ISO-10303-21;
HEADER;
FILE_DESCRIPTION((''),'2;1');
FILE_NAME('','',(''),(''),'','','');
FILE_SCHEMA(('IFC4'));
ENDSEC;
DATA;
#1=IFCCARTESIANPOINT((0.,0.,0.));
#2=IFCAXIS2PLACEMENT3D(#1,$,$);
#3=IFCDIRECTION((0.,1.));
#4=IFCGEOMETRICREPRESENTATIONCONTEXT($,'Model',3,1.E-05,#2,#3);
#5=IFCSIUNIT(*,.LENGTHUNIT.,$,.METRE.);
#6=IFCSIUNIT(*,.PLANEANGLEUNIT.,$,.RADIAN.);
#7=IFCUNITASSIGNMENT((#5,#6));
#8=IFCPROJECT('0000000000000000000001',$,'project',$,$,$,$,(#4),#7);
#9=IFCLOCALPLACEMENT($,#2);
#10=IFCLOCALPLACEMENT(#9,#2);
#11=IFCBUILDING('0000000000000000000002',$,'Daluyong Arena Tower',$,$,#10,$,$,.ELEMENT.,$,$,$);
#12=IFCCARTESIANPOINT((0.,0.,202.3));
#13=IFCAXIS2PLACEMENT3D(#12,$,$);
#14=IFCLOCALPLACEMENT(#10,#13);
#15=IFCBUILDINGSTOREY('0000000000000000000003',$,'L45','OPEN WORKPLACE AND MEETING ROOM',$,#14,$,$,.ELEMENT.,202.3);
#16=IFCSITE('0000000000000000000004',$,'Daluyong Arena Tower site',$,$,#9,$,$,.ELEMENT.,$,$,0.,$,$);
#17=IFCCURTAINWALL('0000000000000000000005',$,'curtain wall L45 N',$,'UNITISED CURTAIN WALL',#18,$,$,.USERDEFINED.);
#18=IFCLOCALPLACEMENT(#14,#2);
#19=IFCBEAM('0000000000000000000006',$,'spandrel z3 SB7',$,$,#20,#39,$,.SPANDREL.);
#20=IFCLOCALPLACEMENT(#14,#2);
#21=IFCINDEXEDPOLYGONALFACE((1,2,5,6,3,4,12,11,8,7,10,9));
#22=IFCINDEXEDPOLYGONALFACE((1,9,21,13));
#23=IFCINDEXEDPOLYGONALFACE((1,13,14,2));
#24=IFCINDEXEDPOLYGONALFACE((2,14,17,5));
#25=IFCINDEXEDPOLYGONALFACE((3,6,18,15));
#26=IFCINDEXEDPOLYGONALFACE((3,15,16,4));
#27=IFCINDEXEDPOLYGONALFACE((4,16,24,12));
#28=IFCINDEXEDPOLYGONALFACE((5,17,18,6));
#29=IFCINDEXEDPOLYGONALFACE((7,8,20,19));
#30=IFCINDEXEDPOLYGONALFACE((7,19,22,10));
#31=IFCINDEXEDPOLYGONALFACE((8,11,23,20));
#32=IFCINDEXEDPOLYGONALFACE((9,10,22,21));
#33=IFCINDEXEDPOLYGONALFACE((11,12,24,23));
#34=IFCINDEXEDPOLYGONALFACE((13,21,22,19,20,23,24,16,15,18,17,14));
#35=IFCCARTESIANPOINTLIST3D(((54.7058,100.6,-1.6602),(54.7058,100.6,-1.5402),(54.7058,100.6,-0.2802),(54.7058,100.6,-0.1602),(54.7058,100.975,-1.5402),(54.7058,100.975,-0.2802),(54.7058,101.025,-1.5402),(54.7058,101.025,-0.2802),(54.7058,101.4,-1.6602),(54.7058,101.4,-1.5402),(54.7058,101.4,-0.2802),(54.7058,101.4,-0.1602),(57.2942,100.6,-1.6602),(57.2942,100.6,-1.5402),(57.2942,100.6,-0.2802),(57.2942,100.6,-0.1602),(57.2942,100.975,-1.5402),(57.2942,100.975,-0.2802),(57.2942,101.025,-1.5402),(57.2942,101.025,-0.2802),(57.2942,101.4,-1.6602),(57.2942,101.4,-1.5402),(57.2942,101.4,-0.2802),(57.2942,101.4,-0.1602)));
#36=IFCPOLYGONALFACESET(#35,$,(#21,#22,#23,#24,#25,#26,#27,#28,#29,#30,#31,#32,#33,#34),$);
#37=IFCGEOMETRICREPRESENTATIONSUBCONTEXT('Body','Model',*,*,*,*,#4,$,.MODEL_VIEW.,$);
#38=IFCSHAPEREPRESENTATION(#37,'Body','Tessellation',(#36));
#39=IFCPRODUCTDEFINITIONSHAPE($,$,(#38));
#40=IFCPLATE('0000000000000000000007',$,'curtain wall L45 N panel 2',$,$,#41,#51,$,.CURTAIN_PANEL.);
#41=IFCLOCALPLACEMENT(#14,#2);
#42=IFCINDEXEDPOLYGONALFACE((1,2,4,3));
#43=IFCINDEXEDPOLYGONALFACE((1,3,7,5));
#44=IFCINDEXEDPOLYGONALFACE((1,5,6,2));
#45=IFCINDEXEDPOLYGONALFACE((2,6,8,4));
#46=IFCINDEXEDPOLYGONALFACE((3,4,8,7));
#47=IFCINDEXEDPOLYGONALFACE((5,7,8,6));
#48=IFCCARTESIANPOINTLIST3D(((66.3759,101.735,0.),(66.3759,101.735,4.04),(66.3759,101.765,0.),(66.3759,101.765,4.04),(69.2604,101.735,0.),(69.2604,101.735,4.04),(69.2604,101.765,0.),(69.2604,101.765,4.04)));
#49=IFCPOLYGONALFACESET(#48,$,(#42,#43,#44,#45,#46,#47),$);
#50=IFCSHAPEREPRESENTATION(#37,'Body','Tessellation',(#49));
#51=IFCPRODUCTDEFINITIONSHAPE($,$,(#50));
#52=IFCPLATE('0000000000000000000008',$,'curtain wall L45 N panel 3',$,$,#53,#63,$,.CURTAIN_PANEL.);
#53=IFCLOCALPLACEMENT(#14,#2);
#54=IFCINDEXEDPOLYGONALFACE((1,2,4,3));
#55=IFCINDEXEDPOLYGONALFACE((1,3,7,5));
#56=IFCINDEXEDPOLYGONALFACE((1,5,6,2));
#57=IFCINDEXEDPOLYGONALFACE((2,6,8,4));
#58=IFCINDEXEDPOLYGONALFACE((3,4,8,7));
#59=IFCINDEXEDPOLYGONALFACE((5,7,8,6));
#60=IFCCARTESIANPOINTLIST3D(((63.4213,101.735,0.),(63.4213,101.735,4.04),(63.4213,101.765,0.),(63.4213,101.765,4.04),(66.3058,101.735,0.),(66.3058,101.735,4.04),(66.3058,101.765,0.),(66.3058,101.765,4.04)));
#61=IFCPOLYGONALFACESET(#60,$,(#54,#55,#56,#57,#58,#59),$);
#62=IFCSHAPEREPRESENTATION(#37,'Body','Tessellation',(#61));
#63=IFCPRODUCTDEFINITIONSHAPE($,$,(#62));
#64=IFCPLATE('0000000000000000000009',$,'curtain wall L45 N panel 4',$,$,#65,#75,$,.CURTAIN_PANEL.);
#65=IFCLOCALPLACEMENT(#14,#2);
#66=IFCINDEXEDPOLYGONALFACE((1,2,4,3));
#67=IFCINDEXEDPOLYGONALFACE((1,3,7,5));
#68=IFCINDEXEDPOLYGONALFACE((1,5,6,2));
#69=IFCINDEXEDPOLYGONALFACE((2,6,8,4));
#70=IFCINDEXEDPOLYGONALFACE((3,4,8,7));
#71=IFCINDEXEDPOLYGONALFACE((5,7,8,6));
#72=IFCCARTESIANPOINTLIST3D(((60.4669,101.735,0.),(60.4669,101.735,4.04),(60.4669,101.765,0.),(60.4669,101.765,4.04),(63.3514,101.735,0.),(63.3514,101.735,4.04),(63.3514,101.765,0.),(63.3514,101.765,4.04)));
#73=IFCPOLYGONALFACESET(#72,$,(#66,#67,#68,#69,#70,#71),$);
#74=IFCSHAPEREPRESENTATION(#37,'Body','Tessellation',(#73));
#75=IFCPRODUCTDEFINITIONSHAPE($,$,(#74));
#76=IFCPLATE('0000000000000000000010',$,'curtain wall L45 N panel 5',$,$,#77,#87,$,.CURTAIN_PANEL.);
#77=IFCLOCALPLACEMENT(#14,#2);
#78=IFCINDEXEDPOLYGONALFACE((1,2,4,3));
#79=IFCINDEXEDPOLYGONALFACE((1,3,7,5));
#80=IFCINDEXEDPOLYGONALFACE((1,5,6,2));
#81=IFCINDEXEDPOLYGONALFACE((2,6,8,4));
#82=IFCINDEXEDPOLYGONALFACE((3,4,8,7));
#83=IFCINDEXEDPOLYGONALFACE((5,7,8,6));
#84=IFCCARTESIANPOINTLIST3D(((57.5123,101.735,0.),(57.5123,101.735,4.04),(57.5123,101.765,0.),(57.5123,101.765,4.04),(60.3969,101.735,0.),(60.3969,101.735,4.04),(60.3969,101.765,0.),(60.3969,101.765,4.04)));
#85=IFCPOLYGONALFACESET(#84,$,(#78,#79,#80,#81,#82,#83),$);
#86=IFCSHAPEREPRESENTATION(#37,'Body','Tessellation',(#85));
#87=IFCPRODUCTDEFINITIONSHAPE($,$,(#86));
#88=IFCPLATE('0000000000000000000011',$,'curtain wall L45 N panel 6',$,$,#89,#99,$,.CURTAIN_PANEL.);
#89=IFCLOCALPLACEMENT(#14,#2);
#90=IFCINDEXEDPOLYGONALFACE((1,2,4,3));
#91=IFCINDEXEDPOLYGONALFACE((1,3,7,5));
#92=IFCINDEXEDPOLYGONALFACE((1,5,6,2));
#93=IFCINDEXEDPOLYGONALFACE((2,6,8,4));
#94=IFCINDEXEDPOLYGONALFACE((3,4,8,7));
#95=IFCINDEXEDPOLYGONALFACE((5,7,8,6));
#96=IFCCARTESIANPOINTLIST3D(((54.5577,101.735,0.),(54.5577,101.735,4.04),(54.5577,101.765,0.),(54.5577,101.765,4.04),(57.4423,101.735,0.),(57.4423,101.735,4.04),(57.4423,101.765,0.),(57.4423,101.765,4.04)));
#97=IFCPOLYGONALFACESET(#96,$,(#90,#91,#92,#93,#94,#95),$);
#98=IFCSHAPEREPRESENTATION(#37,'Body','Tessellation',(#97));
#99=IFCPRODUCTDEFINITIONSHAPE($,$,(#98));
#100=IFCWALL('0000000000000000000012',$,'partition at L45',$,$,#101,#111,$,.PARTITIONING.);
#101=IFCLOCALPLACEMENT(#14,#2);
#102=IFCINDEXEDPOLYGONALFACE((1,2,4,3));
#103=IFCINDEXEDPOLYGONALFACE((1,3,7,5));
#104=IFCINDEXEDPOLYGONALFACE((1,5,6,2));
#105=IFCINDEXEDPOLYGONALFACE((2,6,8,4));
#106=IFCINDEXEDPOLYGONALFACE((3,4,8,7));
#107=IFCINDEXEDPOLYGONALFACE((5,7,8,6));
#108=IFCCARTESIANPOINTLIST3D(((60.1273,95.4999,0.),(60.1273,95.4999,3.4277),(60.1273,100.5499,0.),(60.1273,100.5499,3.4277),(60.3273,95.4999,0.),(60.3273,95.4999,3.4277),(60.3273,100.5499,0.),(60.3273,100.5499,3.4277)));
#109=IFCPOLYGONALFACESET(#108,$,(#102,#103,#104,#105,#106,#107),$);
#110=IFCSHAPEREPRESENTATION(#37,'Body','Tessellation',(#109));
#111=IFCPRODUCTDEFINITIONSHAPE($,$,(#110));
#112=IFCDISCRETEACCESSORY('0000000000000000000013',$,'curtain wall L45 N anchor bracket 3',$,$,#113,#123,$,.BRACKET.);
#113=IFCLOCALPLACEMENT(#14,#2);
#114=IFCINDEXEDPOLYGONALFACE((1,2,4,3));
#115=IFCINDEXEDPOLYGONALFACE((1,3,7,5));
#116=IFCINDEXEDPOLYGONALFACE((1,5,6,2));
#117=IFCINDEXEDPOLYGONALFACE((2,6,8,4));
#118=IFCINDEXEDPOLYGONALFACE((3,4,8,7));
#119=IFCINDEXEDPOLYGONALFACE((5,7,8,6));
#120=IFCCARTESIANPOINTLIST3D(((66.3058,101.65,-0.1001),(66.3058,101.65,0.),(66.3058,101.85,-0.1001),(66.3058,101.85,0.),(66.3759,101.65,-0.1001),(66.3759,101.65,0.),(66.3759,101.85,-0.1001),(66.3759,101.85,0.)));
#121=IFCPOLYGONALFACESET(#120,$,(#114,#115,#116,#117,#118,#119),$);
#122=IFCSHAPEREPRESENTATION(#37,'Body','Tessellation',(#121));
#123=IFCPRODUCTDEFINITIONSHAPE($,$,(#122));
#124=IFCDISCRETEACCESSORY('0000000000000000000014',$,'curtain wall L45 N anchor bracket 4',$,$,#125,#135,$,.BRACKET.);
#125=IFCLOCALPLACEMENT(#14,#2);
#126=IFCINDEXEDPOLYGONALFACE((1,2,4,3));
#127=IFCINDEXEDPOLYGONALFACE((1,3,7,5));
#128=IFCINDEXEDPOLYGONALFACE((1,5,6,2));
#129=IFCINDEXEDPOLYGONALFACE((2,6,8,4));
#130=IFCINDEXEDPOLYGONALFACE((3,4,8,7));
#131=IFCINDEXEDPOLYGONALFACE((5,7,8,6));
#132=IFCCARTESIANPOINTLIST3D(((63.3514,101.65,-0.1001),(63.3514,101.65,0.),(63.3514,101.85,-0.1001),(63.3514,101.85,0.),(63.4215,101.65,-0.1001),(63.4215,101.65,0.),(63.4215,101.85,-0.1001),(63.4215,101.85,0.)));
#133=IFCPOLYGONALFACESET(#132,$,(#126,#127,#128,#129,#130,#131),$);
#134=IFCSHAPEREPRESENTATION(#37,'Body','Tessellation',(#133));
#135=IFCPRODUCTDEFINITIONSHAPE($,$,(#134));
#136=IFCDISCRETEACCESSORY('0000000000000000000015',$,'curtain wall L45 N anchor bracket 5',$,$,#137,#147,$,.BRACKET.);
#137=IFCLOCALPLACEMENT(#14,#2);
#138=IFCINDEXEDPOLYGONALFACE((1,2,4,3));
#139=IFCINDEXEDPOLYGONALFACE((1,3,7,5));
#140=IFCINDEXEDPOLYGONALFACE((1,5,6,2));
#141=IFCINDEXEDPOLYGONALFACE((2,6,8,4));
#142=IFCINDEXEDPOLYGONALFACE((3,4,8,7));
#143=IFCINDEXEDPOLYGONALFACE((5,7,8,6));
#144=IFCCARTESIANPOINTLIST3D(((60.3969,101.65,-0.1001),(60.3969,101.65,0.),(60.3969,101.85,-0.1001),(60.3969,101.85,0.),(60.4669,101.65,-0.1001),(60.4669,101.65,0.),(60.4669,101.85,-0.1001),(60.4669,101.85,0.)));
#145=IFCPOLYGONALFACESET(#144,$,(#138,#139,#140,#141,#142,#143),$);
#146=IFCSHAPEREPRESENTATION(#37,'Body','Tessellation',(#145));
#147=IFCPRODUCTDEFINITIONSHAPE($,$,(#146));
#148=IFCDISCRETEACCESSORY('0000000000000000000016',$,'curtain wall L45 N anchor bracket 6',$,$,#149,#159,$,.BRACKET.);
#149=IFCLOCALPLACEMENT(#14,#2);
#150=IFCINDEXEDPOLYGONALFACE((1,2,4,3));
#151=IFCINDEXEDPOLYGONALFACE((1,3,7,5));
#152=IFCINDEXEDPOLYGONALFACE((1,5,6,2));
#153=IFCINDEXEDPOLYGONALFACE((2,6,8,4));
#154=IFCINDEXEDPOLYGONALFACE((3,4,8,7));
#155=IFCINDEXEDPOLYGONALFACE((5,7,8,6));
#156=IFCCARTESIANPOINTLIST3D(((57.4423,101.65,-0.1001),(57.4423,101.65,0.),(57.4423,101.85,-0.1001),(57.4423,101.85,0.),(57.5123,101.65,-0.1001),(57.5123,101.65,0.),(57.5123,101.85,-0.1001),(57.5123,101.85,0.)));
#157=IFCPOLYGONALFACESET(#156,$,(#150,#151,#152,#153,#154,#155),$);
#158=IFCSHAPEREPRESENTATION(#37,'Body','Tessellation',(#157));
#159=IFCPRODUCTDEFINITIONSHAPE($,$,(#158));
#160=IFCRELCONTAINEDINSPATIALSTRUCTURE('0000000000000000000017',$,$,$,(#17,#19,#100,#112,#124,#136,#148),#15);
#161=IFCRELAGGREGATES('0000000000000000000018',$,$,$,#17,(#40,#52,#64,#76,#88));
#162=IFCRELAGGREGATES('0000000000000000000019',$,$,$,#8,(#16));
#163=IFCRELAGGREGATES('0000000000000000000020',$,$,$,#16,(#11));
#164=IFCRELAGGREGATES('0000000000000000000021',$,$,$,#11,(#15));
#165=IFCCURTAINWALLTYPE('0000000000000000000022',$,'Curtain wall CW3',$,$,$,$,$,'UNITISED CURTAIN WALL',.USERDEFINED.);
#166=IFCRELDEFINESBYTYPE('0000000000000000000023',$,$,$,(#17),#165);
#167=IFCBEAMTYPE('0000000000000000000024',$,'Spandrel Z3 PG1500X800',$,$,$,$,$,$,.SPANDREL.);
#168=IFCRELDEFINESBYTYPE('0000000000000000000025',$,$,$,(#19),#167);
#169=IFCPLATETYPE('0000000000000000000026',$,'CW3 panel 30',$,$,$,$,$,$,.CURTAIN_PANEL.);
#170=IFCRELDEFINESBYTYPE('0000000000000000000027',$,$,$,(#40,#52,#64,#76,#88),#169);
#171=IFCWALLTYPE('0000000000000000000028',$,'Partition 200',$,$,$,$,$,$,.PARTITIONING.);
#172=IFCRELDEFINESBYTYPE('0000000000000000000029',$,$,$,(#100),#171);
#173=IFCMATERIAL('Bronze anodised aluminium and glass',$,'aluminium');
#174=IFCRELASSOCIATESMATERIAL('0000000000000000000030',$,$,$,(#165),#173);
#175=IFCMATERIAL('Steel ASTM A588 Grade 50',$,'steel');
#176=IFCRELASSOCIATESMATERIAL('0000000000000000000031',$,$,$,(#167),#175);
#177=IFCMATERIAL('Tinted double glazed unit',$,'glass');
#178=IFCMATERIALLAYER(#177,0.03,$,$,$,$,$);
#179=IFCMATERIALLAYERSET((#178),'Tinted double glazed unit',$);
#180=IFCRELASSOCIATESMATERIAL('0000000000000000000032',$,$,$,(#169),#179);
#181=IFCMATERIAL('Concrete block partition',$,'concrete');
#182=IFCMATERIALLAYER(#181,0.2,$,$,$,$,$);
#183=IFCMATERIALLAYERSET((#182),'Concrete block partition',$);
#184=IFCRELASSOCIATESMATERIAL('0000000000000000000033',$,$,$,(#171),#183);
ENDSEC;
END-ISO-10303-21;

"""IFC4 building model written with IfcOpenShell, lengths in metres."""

from ifc_helpers import new_model, si_unit, direction, frame, frame_2d, origin, origin_2d, place, context, subcontext, project, spatial, rectangle, i_section, extrude, material, layer, layer_set, material_profile, profile_set, type_object, element, aggregate, save


model = new_model("IFC4")

# Units and contexts
model_context = context("Model", 3, precision=1e-05, world=origin(), true_north=direction((0.0, 1.0)))
body_context = subcontext(model_context, "Body", "Model", "MODEL_VIEW")
ifc_project = project(units=[si_unit("LENGTHUNIT", "METRE"), si_unit("PLANEANGLEUNIT", "RADIAN")], contexts=[model_context])

# Site, building, storey
site_placement = place(None, origin())
site = spatial("IfcSite", under=ifc_project, at=site_placement, Name="Daluyong Arena Tower site", CompositionType="ELEMENT", RefElevation=0.0)
building_placement = place(site_placement, origin())
building = spatial("IfcBuilding", under=site, at=building_placement, Name="Daluyong Arena Tower", CompositionType="ELEMENT")
storey_placement = place(building_placement, frame((0.0, 0.0, 202.3)))
storey = spatial("IfcBuildingStorey", under=building, at=storey_placement, Name="L45", Description="OPEN WORKPLACE AND MEETING ROOM", CompositionType="ELEMENT", Elevation=202.3)

# Curtain wall
ifc_material_1 = material(Name="Bronze anodised aluminium and glass", Category="aluminium")
curtain_wall_type = type_object("IfcCurtainWallType", Name="Curtain wall CW3", ElementType="UNITISED CURTAIN WALL", PredefinedType="USERDEFINED", material=ifc_material_1)
curtain_wall_placement = place(storey_placement, origin())
curtain_wall = element("IfcCurtainWall", 1, at=curtain_wall_placement, inside=storey, type_object=curtain_wall_type, Name="curtain wall L45 N", ObjectType="UNITISED CURTAIN WALL", PredefinedType="USERDEFINED")

# Beam
ifc_material_2 = material(Name="Steel ASTM A588 Grade 50", Category="steel")
ifc_material_profile_1 = material_profile(ifc_material_2, i_section(OverallWidth=0.8, OverallDepth=1.5, WebThickness=0.05, FlangeThickness=0.12, at=origin_2d()))
ifc_profile_set_1 = profile_set([ifc_material_profile_1], Name="Steel ASTM A588 Grade 50")
beam_type_1 = type_object("IfcBeamType", Name="Spandrel Z3 PG1500X800", PredefinedType="SPANDREL", material=ifc_profile_set_1)
beam_1_placement = place(storey_placement, frame((57.2942, 101.0, -0.9102), z_axis=(-1.0, 0.0, 0.0), x_axis=(0.0, -1.0, 0.0)))
element("IfcBeam", 2, at=beam_1_placement, inside=storey, type_object=beam_type_1, Name="spandrel z3 SB7", PredefinedType="SPANDREL", context=body_context, shape_type="SweptSolid", body=[
    extrude(i_section(OverallWidth=0.8, OverallDepth=1.5, WebThickness=0.05, FlangeThickness=0.12, at=origin_2d()), origin(), (0.0, 0.0, 1.0), 2.5884),
])

# Plates
ifc_material_3 = material(Name="Tinted double glazed unit", Category="glass")
ifc_layer_1 = layer(ifc_material_3, 0.03)
ifc_layer_set_1 = layer_set([ifc_layer_1], Name="Tinted double glazed unit")
plate_type = type_object("IfcPlateType", Name="CW3 panel 30", PredefinedType="CURTAIN_PANEL", material=ifc_layer_set_1)
plate_1_placement = place(storey_placement, frame((67.8181, 101.75, 0.0), z_axis=(0.0, 0.0, 1.0), x_axis=(-1.0, 0.0, 0.0)))
plate_1 = element("IfcPlate", 3, at=plate_1_placement, type_object=plate_type, Name="curtain wall L45 N panel 2", PredefinedType="CURTAIN_PANEL", context=body_context, shape_type="SweptSolid", body=[
    extrude(rectangle(XDim=2.8845, YDim=0.03, at=origin_2d()), origin(), (0.0, 0.0, 1.0), 4.04),
])
plate_2_placement = place(storey_placement, frame((64.8635, 101.75, 0.0), z_axis=(0.0, 0.0, 1.0), x_axis=(-1.0, 0.0, 0.0)))
plate_2 = element("IfcPlate", 4, at=plate_2_placement, type_object=plate_type, Name="curtain wall L45 N panel 3", PredefinedType="CURTAIN_PANEL", context=body_context, shape_type="SweptSolid", body=[
    extrude(rectangle(XDim=2.8845, YDim=0.03, at=origin_2d()), origin(), (0.0, 0.0, 1.0), 4.04),
])
plate_3_placement = place(storey_placement, frame((61.9092, 101.75, 0.0), z_axis=(0.0, 0.0, 1.0), x_axis=(-1.0, 0.0, 0.0)))
plate_3 = element("IfcPlate", 5, at=plate_3_placement, type_object=plate_type, Name="curtain wall L45 N panel 4", PredefinedType="CURTAIN_PANEL", context=body_context, shape_type="SweptSolid", body=[
    extrude(rectangle(XDim=2.8845, YDim=0.03, at=origin_2d()), origin(), (0.0, 0.0, 1.0), 4.04),
])
plate_4_placement = place(storey_placement, frame((58.9546, 101.75, 0.0), z_axis=(0.0, 0.0, 1.0), x_axis=(-1.0, 0.0, 0.0)))
plate_4 = element("IfcPlate", 6, at=plate_4_placement, type_object=plate_type, Name="curtain wall L45 N panel 5", PredefinedType="CURTAIN_PANEL", context=body_context, shape_type="SweptSolid", body=[
    extrude(rectangle(XDim=2.8845, YDim=0.03, at=origin_2d()), origin(), (0.0, 0.0, 1.0), 4.04),
])
plate_5_placement = place(storey_placement, frame((56.0, 101.75, 0.0), z_axis=(0.0, 0.0, 1.0), x_axis=(-1.0, 0.0, 0.0)))
plate_5 = element("IfcPlate", 7, at=plate_5_placement, type_object=plate_type, Name="curtain wall L45 N panel 6", PredefinedType="CURTAIN_PANEL", context=body_context, shape_type="SweptSolid", body=[
    extrude(rectangle(XDim=2.8845, YDim=0.03, at=origin_2d()), origin(), (0.0, 0.0, 1.0), 4.04),
])
aggregate(curtain_wall, [plate_1, plate_2, plate_3, plate_4, plate_5])

# Wall
ifc_material_4 = material(Name="Concrete block partition", Category="concrete")
ifc_layer_2 = layer(ifc_material_4, 0.2)
ifc_layer_set_2 = layer_set([ifc_layer_2], Name="Concrete block partition")
wall_type = type_object("IfcWallType", Name="Partition 200", PredefinedType="PARTITIONING", material=ifc_layer_set_2)
wall_placement = place(storey_placement, frame((60.2273, 95.5, 0.0), z_axis=(0.0, 0.0, 1.0), x_axis=(0.0, 1.0, 0.0)))
element("IfcWall", 8, at=wall_placement, inside=storey, type_object=wall_type, Name="partition at L45", PredefinedType="PARTITIONING", context=body_context, shape_type="SweptSolid", body=[
    extrude(rectangle(XDim=5.05, YDim=0.2, at=frame_2d((2.5249, 0.0))), origin(), (0.0, 0.0, 1.0), 3.4277),
])

# Discrete accessories
for number, where, z_axis, x_axis, name in (
    (9, (66.3408, 101.75, -0.1001), (0.0, 0.0, 1.0), (-1.0, 0.0, 0.0), "curtain wall L45 N anchor bracket 3"),
    (10, (63.3865, 101.75, -0.1001), (0.0, 0.0, 1.0), (-1.0, 0.0, 0.0), "curtain wall L45 N anchor bracket 4"),
    (11, (60.4319, 101.75, -0.1001), (0.0, 0.0, 1.0), (-1.0, 0.0, 0.0), "curtain wall L45 N anchor bracket 5"),
    (12, (57.4773, 101.75, -0.1001), (0.0, 0.0, 1.0), (-1.0, 0.0, 0.0), "curtain wall L45 N anchor bracket 6"),
):
    element("IfcDiscreteAccessory", number, at=place(storey_placement, frame(where, z_axis=z_axis, x_axis=x_axis)), inside=storey, Name=name, PredefinedType="BRACKET", context=body_context, shape_type="SweptSolid", body=[
        extrude(rectangle(XDim=0.0701, YDim=0.2, at=origin_2d()), origin(), (0.0, 0.0, 1.0), 0.1001),
    ])

save(model, "model.ifc")
